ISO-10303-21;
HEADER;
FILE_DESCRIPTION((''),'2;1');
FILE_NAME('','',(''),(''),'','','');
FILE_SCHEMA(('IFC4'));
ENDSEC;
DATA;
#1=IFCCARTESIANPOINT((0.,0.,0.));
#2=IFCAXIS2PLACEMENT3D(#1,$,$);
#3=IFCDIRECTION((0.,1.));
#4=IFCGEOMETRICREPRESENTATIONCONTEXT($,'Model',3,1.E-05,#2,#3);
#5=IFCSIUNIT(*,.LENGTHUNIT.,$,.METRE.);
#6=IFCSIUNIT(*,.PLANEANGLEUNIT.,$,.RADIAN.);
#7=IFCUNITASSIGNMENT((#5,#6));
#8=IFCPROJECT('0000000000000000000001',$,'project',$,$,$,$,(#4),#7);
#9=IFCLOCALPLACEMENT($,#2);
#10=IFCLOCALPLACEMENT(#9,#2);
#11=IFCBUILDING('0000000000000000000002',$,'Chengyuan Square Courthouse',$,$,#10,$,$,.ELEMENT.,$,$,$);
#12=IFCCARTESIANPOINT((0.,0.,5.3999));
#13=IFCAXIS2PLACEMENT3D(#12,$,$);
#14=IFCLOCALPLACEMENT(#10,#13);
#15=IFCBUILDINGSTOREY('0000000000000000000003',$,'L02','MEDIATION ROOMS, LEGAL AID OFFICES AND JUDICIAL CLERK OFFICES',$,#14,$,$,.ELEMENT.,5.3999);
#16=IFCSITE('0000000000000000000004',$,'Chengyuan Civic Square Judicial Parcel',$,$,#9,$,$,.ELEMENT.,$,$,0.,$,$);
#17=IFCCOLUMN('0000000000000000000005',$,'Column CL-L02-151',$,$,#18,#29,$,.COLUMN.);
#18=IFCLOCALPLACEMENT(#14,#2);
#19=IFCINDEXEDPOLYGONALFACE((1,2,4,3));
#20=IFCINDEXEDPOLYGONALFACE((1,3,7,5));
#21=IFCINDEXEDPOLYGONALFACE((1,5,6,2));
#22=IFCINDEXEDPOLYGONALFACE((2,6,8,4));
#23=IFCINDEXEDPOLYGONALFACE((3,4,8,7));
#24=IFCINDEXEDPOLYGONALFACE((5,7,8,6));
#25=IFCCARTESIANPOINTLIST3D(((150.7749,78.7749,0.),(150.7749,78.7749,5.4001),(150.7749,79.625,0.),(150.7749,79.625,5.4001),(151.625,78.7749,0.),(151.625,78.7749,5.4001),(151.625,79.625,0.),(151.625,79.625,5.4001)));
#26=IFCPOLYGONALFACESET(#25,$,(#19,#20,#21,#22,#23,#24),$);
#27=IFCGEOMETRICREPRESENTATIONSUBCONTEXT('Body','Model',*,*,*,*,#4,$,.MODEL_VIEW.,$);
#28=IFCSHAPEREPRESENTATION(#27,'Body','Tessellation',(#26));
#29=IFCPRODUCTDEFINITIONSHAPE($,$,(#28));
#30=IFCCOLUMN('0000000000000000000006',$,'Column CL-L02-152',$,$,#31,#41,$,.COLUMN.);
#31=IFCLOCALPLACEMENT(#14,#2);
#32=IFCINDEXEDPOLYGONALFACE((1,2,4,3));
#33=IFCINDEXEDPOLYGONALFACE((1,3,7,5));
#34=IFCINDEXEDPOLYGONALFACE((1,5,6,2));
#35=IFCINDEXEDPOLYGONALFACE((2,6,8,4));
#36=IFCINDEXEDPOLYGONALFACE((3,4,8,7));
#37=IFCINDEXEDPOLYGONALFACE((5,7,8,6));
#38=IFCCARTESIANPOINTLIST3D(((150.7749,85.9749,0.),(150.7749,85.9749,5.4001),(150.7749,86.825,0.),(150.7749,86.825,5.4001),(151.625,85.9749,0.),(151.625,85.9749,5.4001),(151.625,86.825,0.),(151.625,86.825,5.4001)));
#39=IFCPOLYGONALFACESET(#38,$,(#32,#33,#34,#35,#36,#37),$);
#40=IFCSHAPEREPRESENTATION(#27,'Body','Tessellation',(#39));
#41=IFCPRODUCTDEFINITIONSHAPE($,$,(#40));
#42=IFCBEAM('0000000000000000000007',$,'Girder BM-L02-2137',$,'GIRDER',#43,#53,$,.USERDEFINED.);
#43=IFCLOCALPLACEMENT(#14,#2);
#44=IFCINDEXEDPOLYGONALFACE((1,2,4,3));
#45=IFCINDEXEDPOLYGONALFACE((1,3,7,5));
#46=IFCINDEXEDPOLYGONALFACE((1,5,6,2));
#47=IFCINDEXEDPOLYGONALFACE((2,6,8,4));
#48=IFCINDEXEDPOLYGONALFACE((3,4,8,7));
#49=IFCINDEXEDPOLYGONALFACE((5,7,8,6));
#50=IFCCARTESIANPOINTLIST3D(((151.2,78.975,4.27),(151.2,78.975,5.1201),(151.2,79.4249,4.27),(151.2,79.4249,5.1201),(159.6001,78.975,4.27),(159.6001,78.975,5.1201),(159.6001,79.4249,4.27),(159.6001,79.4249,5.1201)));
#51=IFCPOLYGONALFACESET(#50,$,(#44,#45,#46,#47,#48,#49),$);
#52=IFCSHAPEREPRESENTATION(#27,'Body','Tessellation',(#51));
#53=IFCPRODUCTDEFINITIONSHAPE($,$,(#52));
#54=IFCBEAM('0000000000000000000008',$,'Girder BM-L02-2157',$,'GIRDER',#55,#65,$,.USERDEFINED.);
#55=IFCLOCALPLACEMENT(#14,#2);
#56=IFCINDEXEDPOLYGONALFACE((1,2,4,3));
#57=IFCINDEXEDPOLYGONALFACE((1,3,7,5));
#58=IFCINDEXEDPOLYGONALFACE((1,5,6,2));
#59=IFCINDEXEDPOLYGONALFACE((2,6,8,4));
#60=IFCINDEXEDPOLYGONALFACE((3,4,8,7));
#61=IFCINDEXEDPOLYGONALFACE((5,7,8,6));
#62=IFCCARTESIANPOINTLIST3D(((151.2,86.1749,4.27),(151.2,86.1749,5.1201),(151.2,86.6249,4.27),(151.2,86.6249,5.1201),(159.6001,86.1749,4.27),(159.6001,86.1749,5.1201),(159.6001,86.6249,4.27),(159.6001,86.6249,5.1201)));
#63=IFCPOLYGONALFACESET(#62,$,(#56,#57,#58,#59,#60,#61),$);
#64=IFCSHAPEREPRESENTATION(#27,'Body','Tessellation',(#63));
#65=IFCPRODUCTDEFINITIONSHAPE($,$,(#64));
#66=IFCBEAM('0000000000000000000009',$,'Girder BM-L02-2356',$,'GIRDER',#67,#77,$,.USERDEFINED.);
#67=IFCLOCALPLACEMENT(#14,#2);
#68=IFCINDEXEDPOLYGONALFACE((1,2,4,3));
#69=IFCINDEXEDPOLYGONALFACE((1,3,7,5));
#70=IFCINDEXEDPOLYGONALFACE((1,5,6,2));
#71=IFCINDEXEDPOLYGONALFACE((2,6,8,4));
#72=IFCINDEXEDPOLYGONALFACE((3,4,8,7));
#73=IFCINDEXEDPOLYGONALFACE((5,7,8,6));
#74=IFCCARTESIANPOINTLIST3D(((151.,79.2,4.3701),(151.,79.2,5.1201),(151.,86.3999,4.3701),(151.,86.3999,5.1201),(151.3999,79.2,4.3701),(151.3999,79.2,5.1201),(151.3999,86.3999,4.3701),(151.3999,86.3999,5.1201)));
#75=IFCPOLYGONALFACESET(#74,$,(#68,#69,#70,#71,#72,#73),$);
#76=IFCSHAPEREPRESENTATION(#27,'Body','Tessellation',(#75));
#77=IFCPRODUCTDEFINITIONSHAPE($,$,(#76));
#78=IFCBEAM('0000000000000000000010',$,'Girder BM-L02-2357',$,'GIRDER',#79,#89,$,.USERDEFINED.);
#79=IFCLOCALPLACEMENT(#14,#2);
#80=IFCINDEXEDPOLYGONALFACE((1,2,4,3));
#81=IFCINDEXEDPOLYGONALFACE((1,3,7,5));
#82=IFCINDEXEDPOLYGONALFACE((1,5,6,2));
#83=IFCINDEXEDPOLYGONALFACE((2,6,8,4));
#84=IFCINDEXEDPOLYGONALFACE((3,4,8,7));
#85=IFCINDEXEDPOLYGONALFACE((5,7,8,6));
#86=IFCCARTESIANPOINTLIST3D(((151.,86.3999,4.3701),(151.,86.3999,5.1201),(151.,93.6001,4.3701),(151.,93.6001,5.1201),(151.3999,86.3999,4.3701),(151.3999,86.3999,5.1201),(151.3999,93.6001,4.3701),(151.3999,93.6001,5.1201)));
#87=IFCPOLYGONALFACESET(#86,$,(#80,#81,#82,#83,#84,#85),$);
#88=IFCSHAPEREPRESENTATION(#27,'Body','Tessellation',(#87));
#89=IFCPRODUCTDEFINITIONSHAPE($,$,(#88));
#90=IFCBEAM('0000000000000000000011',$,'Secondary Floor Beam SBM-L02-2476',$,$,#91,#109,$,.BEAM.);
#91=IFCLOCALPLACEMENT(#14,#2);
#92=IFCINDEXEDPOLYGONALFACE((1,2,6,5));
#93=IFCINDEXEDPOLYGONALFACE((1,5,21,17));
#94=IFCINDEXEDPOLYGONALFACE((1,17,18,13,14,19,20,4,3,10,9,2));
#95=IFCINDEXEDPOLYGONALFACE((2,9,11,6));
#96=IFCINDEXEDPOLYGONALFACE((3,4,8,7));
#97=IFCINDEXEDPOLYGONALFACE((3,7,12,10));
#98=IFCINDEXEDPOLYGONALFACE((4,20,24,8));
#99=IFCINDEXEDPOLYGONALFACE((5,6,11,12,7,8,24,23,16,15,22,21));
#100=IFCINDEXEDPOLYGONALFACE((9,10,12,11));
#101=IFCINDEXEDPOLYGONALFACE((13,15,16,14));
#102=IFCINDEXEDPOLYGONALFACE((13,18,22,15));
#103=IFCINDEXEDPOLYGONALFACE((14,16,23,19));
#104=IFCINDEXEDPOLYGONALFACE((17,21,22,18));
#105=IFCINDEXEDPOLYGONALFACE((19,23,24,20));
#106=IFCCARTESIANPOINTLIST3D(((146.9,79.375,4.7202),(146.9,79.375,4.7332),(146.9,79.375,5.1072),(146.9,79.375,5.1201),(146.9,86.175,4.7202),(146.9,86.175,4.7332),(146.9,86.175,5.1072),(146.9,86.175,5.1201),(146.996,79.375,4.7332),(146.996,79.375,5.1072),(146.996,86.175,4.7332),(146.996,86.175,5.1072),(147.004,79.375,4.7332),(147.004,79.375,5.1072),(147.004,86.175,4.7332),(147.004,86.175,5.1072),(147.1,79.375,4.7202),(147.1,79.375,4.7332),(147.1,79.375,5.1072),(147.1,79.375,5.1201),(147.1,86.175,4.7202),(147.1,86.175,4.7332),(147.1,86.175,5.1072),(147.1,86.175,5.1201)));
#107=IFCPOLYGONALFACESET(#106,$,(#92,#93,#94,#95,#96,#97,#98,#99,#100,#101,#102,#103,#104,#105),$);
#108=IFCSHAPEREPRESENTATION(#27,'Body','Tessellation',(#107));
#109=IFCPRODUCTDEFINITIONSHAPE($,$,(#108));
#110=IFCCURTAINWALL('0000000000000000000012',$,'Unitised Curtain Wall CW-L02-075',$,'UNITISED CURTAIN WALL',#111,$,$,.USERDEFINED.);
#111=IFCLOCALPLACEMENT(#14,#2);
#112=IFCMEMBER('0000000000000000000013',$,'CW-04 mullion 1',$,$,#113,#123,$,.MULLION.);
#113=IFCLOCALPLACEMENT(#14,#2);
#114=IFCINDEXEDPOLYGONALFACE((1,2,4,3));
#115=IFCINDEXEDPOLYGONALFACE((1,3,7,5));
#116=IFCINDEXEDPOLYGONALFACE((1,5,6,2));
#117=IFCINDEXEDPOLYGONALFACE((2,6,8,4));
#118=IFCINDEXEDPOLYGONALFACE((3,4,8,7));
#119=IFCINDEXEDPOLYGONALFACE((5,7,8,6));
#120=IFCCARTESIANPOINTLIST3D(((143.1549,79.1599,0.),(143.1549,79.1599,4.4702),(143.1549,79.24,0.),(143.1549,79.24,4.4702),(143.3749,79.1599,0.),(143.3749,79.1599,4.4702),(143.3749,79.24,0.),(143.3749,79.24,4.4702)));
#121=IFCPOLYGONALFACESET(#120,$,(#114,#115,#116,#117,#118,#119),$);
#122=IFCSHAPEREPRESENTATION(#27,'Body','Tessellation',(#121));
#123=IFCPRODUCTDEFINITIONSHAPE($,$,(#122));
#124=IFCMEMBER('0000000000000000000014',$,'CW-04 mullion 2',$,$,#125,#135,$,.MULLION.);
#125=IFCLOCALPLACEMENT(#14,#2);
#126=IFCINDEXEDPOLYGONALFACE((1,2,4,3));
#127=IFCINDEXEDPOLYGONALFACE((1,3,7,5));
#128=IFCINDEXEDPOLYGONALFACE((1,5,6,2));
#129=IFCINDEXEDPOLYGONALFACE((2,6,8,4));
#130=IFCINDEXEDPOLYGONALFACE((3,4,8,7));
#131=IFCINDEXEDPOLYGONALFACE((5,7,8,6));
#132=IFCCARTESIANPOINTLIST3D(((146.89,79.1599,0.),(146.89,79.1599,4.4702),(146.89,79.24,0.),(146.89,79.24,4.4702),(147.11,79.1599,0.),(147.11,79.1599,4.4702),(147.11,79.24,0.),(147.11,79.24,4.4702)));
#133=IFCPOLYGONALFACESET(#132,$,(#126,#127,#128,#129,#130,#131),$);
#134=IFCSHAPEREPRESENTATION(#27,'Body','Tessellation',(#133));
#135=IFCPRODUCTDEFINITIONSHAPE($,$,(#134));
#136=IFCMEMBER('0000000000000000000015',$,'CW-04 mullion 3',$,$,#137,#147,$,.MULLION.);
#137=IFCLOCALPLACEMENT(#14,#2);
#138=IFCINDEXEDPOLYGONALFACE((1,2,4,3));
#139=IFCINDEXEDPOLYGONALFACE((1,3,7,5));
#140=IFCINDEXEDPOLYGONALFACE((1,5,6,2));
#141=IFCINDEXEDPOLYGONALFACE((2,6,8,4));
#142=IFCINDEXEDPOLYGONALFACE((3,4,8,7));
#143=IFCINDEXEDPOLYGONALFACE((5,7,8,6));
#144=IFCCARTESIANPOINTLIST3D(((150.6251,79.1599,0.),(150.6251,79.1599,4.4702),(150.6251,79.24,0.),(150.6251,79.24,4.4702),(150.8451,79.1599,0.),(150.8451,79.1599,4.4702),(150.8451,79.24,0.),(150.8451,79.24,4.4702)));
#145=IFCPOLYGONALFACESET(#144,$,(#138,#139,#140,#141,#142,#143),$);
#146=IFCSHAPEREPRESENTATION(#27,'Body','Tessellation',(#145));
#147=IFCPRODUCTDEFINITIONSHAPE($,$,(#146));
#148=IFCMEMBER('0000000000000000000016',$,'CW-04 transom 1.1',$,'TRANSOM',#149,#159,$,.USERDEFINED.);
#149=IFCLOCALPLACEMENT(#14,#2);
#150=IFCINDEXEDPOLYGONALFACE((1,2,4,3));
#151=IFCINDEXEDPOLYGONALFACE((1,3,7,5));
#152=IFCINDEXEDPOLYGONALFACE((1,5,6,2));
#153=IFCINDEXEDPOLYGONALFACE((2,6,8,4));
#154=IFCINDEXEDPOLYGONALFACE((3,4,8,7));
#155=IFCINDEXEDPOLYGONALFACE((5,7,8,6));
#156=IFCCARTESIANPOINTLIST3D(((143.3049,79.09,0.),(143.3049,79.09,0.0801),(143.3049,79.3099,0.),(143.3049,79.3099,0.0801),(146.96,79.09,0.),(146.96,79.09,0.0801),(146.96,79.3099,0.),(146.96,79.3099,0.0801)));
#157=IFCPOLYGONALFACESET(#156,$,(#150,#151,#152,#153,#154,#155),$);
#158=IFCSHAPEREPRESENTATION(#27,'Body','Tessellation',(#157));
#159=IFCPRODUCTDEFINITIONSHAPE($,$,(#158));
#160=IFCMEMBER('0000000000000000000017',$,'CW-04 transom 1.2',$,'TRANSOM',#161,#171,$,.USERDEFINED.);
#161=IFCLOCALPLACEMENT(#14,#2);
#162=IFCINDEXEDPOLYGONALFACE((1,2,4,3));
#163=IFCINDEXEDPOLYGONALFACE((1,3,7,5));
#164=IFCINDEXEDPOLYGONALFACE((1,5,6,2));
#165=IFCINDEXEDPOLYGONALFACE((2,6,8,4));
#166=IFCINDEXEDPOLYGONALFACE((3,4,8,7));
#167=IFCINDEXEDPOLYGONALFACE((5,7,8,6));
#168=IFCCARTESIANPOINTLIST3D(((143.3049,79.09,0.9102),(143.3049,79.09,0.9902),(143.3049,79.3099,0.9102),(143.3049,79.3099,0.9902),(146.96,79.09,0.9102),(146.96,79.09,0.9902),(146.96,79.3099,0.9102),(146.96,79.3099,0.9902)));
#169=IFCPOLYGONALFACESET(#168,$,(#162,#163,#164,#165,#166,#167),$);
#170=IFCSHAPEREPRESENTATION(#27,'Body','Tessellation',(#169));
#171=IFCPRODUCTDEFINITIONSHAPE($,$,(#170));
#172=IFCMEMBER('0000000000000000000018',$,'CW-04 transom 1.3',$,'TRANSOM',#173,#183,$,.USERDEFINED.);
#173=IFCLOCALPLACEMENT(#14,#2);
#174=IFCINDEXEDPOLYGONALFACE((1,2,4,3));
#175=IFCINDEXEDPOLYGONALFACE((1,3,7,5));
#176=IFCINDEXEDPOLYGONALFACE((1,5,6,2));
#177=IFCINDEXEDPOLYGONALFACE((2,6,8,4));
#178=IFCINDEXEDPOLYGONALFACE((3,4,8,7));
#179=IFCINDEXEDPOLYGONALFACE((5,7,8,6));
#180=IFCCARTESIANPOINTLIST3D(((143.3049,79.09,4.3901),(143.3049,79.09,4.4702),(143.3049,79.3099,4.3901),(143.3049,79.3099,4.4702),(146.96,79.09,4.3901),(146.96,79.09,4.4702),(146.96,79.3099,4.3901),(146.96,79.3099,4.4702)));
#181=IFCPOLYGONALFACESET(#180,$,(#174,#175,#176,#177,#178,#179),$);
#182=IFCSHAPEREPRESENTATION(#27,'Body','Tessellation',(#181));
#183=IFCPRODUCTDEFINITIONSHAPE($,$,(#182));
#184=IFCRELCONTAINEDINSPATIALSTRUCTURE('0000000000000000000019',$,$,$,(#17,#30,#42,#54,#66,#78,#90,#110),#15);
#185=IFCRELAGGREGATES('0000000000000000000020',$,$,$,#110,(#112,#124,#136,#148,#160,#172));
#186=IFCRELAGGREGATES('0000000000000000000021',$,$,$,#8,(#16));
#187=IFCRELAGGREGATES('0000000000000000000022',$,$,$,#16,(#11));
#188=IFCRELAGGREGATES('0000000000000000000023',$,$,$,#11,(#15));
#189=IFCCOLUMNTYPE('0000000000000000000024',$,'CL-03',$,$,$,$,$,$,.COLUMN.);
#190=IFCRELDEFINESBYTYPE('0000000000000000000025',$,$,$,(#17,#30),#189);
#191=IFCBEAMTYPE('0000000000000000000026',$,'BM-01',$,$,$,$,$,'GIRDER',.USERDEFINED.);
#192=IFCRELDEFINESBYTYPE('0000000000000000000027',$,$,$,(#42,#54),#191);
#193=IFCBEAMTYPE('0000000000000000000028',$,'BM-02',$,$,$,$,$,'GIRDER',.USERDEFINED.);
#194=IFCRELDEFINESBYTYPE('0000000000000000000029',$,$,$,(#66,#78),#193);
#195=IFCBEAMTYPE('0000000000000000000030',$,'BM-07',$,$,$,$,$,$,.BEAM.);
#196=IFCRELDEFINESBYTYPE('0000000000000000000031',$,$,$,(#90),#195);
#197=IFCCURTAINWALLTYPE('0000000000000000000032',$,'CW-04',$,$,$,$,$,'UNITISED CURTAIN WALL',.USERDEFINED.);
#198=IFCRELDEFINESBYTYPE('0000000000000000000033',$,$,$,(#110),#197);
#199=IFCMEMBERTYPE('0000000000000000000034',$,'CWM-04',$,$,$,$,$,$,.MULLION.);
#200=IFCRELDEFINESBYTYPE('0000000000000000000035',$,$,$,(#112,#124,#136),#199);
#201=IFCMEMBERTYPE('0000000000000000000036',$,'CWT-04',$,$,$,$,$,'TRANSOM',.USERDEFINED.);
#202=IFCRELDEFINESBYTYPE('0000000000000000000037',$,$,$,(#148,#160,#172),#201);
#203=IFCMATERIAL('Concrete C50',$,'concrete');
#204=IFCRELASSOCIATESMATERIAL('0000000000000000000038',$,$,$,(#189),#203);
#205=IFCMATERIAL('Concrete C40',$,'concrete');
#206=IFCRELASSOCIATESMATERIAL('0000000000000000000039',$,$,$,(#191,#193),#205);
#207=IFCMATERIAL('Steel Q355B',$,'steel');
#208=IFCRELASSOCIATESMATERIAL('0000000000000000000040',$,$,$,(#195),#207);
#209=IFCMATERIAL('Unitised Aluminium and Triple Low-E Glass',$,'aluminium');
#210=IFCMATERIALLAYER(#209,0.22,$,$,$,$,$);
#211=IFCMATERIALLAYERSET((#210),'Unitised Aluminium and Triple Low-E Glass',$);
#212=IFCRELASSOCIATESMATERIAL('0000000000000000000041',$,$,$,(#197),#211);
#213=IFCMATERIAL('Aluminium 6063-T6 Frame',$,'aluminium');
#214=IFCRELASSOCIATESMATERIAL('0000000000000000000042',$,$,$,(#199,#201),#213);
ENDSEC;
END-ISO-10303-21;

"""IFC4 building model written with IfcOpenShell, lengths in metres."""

from ifc_helpers import new_model, si_unit, direction, frame, origin, origin_2d, place, context, subcontext, project, spatial, rectangle, i_section, extrude, material, layer, layer_set, material_profile, profile_set, type_object, element, aggregate, save


model = new_model("IFC4")

# Units and contexts
model_context = context("Model", 3, precision=1e-05, world=origin(), true_north=direction((0.0, 1.0)))
body_context = subcontext(model_context, "Body", "Model", "MODEL_VIEW")
ifc_project = project(units=[si_unit("LENGTHUNIT", "METRE"), si_unit("PLANEANGLEUNIT", "RADIAN")], contexts=[model_context])

# Site, building, storey
site_placement = place(None, origin())
site = spatial("IfcSite", under=ifc_project, at=site_placement, Name="Chengyuan Civic Square Judicial Parcel", CompositionType="ELEMENT", RefElevation=0.0)
building_placement = place(site_placement, origin())
building = spatial("IfcBuilding", under=site, at=building_placement, Name="Chengyuan Square Courthouse", CompositionType="ELEMENT")
storey_placement = place(building_placement, frame((0.0, 0.0, 5.3999)))
storey = spatial("IfcBuildingStorey", under=building, at=storey_placement, Name="L02", Description="MEDIATION ROOMS, LEGAL AID OFFICES AND JUDICIAL CLERK OFFICES", CompositionType="ELEMENT", Elevation=5.3999)

# Columns
ifc_material_1 = material(Name="Concrete C50", Category="concrete")
ifc_material_profile_1 = material_profile(ifc_material_1, rectangle(XDim=0.8501, YDim=0.8501, at=origin_2d()), Name="RC-COL-850x850")
ifc_profile_set_1 = profile_set([ifc_material_profile_1], Name="Concrete C50")
column_type = type_object("IfcColumnType", Name="CL-03", PredefinedType="COLUMN", material=ifc_profile_set_1)
for number, where, z_axis, x_axis, name in (
    (1, (151.2, 79.2, 0.0), (0.0, 0.0, 1.0), (1.0, 0.0, 0.0), "Column CL-L02-151"),
    (2, (151.2, 86.3999, 0.0), (0.0, 0.0, 1.0), (1.0, 0.0, 0.0), "Column CL-L02-152"),
):
    element("IfcColumn", number, at=place(storey_placement, frame(where, z_axis=z_axis, x_axis=x_axis)), inside=storey, type_object=column_type, Name=name, PredefinedType="COLUMN", context=body_context, shape_type="SweptSolid", body=[
        extrude(rectangle(XDim=0.8501, YDim=0.8501, at=origin_2d()), origin(), (0.0, 0.0, 1.0), 5.4001),
    ])

# Beams
ifc_material_2 = material(Name="Concrete C40", Category="concrete")
ifc_material_profile_2 = material_profile(ifc_material_2, rectangle(XDim=0.45, YDim=0.8501, at=origin_2d()), Name="RC-BM-450x850")
ifc_profile_set_2 = profile_set([ifc_material_profile_2], Name="Concrete C40")
beam_type_1 = type_object("IfcBeamType", Name="BM-01", ElementType="GIRDER", PredefinedType="USERDEFINED", material=ifc_profile_set_2)
for number, where, z_axis, x_axis, name in (
    (3, (151.2, 79.2, 4.6951), (1.0, 0.0, 0.0), (0.0, 1.0, 0.0), "Girder BM-L02-2137"),
    (4, (151.2, 86.3999, 4.6951), (1.0, 0.0, 0.0), (0.0, 1.0, 0.0), "Girder BM-L02-2157"),
):
    element("IfcBeam", number, at=place(storey_placement, frame(where, z_axis=z_axis, x_axis=x_axis)), inside=storey, type_object=beam_type_1, Name=name, ObjectType="GIRDER", PredefinedType="USERDEFINED", context=body_context, shape_type="SweptSolid", body=[
        extrude(rectangle(XDim=0.45, YDim=0.8501, at=origin_2d()), origin(), (0.0, 0.0, 1.0), 8.4001),
    ])
ifc_material_profile_3 = material_profile(ifc_material_2, rectangle(XDim=0.3999, YDim=0.75, at=origin_2d()), Name="RC-BM-400x750")
ifc_profile_set_3 = profile_set([ifc_material_profile_3], Name="Concrete C40")
beam_type_2 = type_object("IfcBeamType", Name="BM-02", ElementType="GIRDER", PredefinedType="USERDEFINED", material=ifc_profile_set_3)
beam_1_placement = place(storey_placement, frame((151.2, 79.2, 4.7451), z_axis=(0.0, 1.0, 0.0), x_axis=(-1.0, 0.0, 0.0)))
element("IfcBeam", 5, at=beam_1_placement, inside=storey, type_object=beam_type_2, Name="Girder BM-L02-2356", ObjectType="GIRDER", PredefinedType="USERDEFINED", context=body_context, shape_type="SweptSolid", body=[
    extrude(rectangle(XDim=0.3999, YDim=0.75, at=origin_2d()), origin(), (0.0, 0.0, 1.0), 7.2),
])
beam_2_placement = place(storey_placement, frame((151.2, 86.3999, 4.7451), z_axis=(0.0, 1.0, 0.0), x_axis=(-1.0, 0.0, 0.0)))
element("IfcBeam", 6, at=beam_2_placement, inside=storey, type_object=beam_type_2, Name="Girder BM-L02-2357", ObjectType="GIRDER", PredefinedType="USERDEFINED", context=body_context, shape_type="SweptSolid", body=[
    extrude(rectangle(XDim=0.3999, YDim=0.75, at=origin_2d()), origin(), (0.0, 0.0, 1.0), 7.2002),
])
ifc_material_3 = material(Name="Steel Q355B", Category="steel")
ifc_material_profile_4 = material_profile(ifc_material_3, i_section(OverallWidth=0.2, OverallDepth=0.3999, WebThickness=0.0081, FlangeThickness=0.0129, at=origin_2d()), Name="HN 400x200x8x13")
ifc_profile_set_4 = profile_set([ifc_material_profile_4], Name="Steel Q355B")
beam_type_3 = type_object("IfcBeamType", Name="BM-07", PredefinedType="BEAM", material=ifc_profile_set_4)
beam_3_placement = place(storey_placement, frame((147.0, 79.375, 4.9202), z_axis=(0.0, 1.0, 0.0), x_axis=(-1.0, 0.0, 0.0)))
element("IfcBeam", 7, at=beam_3_placement, inside=storey, type_object=beam_type_3, Name="Secondary Floor Beam SBM-L02-2476", PredefinedType="BEAM", context=body_context, shape_type="SweptSolid", body=[
    extrude(i_section(OverallWidth=0.2, OverallDepth=0.3999, WebThickness=0.0081, FlangeThickness=0.0129, at=origin_2d()), origin(), (0.0, 0.0, 1.0), 6.8),
])

# Curtain wall, members
ifc_material_4 = material(Name="Unitised Aluminium and Triple Low-E Glass", Category="aluminium")
ifc_layer_1 = layer(ifc_material_4, 0.22)
ifc_layer_set_1 = layer_set([ifc_layer_1], Name="Unitised Aluminium and Triple Low-E Glass")
curtain_wall_type = type_object("IfcCurtainWallType", Name="CW-04", ElementType="UNITISED CURTAIN WALL", PredefinedType="USERDEFINED", material=ifc_layer_set_1)
curtain_wall_placement = place(storey_placement, origin())
curtain_wall = element("IfcCurtainWall", 8, at=curtain_wall_placement, inside=storey, type_object=curtain_wall_type, Name="Unitised Curtain Wall CW-L02-075", ObjectType="UNITISED CURTAIN WALL", PredefinedType="USERDEFINED")
ifc_material_5 = material(Name="Aluminium 6063-T6 Frame", Category="aluminium")
ifc_material_profile_5 = material_profile(ifc_material_5, rectangle(XDim=0.0801, YDim=0.22, at=origin_2d()), Name="CW-MUL-80x220")
ifc_profile_set_5 = profile_set([ifc_material_profile_5], Name="Aluminium 6063-T6 Frame")
member_type_1 = type_object("IfcMemberType", Name="CWM-04", PredefinedType="MULLION", material=ifc_profile_set_5)
member_1_placement = place(storey_placement, frame((143.2649, 79.2, 0.0), z_axis=(0.0, 0.0, 1.0), x_axis=(0.0, 1.0, 0.0)))
member_1 = element("IfcMember", 9, at=member_1_placement, type_object=member_type_1, Name="CW-04 mullion 1", PredefinedType="MULLION", context=body_context, shape_type="SweptSolid", body=[
    extrude(rectangle(XDim=0.0801, YDim=0.22, at=origin_2d()), origin(), (0.0, 0.0, 1.0), 4.4702),
])
member_2_placement = place(storey_placement, frame((147.0, 79.2, 0.0), z_axis=(0.0, 0.0, 1.0), x_axis=(0.0, 1.0, 0.0)))
member_2 = element("IfcMember", 10, at=member_2_placement, type_object=member_type_1, Name="CW-04 mullion 2", PredefinedType="MULLION", context=body_context, shape_type="SweptSolid", body=[
    extrude(rectangle(XDim=0.0801, YDim=0.22, at=origin_2d()), origin(), (0.0, 0.0, 1.0), 4.4702),
])
member_3_placement = place(storey_placement, frame((150.7351, 79.2, 0.0), z_axis=(0.0, 0.0, 1.0), x_axis=(0.0, 1.0, 0.0)))
member_3 = element("IfcMember", 11, at=member_3_placement, type_object=member_type_1, Name="CW-04 mullion 3", PredefinedType="MULLION", context=body_context, shape_type="SweptSolid", body=[
    extrude(rectangle(XDim=0.0801, YDim=0.22, at=origin_2d()), origin(), (0.0, 0.0, 1.0), 4.4702),
])
ifc_material_profile_6 = material_profile(ifc_material_5, rectangle(XDim=0.22, YDim=0.0801, at=origin_2d()), Name="CW-TRN-80x180")
ifc_profile_set_6 = profile_set([ifc_material_profile_6], Name="Aluminium 6063-T6 Frame")
member_type_2 = type_object("IfcMemberType", Name="CWT-04", ElementType="TRANSOM", PredefinedType="USERDEFINED", material=ifc_profile_set_6)
member_4_placement = place(storey_placement, frame((143.3049, 79.2, 0.04), z_axis=(1.0, 0.0, 0.0), x_axis=(0.0, 1.0, 0.0)))
member_4 = element("IfcMember", 12, at=member_4_placement, type_object=member_type_2, Name="CW-04 transom 1.1", ObjectType="TRANSOM", PredefinedType="USERDEFINED", context=body_context, shape_type="SweptSolid", body=[
    extrude(rectangle(XDim=0.22, YDim=0.0801, at=origin_2d()), origin(), (0.0, 0.0, 1.0), 3.655),
])
member_5_placement = place(storey_placement, frame((143.3049, 79.2, 0.9502), z_axis=(1.0, 0.0, 0.0), x_axis=(0.0, 1.0, 0.0)))
member_5 = element("IfcMember", 13, at=member_5_placement, type_object=member_type_2, Name="CW-04 transom 1.2", ObjectType="TRANSOM", PredefinedType="USERDEFINED", context=body_context, shape_type="SweptSolid", body=[
    extrude(rectangle(XDim=0.22, YDim=0.0801, at=origin_2d()), origin(), (0.0, 0.0, 1.0), 3.655),
])
member_6_placement = place(storey_placement, frame((143.3049, 79.2, 4.4302), z_axis=(1.0, 0.0, 0.0), x_axis=(0.0, 1.0, 0.0)))
member_6 = element("IfcMember", 14, at=member_6_placement, type_object=member_type_2, Name="CW-04 transom 1.3", ObjectType="TRANSOM", PredefinedType="USERDEFINED", context=body_context, shape_type="SweptSolid", body=[
    extrude(rectangle(XDim=0.22, YDim=0.0801, at=origin_2d()), origin(), (0.0, 0.0, 1.0), 3.655),
])
aggregate(curtain_wall, [member_1, member_2, member_3, member_4, member_5, member_6])

save(model, "model.ifc")
